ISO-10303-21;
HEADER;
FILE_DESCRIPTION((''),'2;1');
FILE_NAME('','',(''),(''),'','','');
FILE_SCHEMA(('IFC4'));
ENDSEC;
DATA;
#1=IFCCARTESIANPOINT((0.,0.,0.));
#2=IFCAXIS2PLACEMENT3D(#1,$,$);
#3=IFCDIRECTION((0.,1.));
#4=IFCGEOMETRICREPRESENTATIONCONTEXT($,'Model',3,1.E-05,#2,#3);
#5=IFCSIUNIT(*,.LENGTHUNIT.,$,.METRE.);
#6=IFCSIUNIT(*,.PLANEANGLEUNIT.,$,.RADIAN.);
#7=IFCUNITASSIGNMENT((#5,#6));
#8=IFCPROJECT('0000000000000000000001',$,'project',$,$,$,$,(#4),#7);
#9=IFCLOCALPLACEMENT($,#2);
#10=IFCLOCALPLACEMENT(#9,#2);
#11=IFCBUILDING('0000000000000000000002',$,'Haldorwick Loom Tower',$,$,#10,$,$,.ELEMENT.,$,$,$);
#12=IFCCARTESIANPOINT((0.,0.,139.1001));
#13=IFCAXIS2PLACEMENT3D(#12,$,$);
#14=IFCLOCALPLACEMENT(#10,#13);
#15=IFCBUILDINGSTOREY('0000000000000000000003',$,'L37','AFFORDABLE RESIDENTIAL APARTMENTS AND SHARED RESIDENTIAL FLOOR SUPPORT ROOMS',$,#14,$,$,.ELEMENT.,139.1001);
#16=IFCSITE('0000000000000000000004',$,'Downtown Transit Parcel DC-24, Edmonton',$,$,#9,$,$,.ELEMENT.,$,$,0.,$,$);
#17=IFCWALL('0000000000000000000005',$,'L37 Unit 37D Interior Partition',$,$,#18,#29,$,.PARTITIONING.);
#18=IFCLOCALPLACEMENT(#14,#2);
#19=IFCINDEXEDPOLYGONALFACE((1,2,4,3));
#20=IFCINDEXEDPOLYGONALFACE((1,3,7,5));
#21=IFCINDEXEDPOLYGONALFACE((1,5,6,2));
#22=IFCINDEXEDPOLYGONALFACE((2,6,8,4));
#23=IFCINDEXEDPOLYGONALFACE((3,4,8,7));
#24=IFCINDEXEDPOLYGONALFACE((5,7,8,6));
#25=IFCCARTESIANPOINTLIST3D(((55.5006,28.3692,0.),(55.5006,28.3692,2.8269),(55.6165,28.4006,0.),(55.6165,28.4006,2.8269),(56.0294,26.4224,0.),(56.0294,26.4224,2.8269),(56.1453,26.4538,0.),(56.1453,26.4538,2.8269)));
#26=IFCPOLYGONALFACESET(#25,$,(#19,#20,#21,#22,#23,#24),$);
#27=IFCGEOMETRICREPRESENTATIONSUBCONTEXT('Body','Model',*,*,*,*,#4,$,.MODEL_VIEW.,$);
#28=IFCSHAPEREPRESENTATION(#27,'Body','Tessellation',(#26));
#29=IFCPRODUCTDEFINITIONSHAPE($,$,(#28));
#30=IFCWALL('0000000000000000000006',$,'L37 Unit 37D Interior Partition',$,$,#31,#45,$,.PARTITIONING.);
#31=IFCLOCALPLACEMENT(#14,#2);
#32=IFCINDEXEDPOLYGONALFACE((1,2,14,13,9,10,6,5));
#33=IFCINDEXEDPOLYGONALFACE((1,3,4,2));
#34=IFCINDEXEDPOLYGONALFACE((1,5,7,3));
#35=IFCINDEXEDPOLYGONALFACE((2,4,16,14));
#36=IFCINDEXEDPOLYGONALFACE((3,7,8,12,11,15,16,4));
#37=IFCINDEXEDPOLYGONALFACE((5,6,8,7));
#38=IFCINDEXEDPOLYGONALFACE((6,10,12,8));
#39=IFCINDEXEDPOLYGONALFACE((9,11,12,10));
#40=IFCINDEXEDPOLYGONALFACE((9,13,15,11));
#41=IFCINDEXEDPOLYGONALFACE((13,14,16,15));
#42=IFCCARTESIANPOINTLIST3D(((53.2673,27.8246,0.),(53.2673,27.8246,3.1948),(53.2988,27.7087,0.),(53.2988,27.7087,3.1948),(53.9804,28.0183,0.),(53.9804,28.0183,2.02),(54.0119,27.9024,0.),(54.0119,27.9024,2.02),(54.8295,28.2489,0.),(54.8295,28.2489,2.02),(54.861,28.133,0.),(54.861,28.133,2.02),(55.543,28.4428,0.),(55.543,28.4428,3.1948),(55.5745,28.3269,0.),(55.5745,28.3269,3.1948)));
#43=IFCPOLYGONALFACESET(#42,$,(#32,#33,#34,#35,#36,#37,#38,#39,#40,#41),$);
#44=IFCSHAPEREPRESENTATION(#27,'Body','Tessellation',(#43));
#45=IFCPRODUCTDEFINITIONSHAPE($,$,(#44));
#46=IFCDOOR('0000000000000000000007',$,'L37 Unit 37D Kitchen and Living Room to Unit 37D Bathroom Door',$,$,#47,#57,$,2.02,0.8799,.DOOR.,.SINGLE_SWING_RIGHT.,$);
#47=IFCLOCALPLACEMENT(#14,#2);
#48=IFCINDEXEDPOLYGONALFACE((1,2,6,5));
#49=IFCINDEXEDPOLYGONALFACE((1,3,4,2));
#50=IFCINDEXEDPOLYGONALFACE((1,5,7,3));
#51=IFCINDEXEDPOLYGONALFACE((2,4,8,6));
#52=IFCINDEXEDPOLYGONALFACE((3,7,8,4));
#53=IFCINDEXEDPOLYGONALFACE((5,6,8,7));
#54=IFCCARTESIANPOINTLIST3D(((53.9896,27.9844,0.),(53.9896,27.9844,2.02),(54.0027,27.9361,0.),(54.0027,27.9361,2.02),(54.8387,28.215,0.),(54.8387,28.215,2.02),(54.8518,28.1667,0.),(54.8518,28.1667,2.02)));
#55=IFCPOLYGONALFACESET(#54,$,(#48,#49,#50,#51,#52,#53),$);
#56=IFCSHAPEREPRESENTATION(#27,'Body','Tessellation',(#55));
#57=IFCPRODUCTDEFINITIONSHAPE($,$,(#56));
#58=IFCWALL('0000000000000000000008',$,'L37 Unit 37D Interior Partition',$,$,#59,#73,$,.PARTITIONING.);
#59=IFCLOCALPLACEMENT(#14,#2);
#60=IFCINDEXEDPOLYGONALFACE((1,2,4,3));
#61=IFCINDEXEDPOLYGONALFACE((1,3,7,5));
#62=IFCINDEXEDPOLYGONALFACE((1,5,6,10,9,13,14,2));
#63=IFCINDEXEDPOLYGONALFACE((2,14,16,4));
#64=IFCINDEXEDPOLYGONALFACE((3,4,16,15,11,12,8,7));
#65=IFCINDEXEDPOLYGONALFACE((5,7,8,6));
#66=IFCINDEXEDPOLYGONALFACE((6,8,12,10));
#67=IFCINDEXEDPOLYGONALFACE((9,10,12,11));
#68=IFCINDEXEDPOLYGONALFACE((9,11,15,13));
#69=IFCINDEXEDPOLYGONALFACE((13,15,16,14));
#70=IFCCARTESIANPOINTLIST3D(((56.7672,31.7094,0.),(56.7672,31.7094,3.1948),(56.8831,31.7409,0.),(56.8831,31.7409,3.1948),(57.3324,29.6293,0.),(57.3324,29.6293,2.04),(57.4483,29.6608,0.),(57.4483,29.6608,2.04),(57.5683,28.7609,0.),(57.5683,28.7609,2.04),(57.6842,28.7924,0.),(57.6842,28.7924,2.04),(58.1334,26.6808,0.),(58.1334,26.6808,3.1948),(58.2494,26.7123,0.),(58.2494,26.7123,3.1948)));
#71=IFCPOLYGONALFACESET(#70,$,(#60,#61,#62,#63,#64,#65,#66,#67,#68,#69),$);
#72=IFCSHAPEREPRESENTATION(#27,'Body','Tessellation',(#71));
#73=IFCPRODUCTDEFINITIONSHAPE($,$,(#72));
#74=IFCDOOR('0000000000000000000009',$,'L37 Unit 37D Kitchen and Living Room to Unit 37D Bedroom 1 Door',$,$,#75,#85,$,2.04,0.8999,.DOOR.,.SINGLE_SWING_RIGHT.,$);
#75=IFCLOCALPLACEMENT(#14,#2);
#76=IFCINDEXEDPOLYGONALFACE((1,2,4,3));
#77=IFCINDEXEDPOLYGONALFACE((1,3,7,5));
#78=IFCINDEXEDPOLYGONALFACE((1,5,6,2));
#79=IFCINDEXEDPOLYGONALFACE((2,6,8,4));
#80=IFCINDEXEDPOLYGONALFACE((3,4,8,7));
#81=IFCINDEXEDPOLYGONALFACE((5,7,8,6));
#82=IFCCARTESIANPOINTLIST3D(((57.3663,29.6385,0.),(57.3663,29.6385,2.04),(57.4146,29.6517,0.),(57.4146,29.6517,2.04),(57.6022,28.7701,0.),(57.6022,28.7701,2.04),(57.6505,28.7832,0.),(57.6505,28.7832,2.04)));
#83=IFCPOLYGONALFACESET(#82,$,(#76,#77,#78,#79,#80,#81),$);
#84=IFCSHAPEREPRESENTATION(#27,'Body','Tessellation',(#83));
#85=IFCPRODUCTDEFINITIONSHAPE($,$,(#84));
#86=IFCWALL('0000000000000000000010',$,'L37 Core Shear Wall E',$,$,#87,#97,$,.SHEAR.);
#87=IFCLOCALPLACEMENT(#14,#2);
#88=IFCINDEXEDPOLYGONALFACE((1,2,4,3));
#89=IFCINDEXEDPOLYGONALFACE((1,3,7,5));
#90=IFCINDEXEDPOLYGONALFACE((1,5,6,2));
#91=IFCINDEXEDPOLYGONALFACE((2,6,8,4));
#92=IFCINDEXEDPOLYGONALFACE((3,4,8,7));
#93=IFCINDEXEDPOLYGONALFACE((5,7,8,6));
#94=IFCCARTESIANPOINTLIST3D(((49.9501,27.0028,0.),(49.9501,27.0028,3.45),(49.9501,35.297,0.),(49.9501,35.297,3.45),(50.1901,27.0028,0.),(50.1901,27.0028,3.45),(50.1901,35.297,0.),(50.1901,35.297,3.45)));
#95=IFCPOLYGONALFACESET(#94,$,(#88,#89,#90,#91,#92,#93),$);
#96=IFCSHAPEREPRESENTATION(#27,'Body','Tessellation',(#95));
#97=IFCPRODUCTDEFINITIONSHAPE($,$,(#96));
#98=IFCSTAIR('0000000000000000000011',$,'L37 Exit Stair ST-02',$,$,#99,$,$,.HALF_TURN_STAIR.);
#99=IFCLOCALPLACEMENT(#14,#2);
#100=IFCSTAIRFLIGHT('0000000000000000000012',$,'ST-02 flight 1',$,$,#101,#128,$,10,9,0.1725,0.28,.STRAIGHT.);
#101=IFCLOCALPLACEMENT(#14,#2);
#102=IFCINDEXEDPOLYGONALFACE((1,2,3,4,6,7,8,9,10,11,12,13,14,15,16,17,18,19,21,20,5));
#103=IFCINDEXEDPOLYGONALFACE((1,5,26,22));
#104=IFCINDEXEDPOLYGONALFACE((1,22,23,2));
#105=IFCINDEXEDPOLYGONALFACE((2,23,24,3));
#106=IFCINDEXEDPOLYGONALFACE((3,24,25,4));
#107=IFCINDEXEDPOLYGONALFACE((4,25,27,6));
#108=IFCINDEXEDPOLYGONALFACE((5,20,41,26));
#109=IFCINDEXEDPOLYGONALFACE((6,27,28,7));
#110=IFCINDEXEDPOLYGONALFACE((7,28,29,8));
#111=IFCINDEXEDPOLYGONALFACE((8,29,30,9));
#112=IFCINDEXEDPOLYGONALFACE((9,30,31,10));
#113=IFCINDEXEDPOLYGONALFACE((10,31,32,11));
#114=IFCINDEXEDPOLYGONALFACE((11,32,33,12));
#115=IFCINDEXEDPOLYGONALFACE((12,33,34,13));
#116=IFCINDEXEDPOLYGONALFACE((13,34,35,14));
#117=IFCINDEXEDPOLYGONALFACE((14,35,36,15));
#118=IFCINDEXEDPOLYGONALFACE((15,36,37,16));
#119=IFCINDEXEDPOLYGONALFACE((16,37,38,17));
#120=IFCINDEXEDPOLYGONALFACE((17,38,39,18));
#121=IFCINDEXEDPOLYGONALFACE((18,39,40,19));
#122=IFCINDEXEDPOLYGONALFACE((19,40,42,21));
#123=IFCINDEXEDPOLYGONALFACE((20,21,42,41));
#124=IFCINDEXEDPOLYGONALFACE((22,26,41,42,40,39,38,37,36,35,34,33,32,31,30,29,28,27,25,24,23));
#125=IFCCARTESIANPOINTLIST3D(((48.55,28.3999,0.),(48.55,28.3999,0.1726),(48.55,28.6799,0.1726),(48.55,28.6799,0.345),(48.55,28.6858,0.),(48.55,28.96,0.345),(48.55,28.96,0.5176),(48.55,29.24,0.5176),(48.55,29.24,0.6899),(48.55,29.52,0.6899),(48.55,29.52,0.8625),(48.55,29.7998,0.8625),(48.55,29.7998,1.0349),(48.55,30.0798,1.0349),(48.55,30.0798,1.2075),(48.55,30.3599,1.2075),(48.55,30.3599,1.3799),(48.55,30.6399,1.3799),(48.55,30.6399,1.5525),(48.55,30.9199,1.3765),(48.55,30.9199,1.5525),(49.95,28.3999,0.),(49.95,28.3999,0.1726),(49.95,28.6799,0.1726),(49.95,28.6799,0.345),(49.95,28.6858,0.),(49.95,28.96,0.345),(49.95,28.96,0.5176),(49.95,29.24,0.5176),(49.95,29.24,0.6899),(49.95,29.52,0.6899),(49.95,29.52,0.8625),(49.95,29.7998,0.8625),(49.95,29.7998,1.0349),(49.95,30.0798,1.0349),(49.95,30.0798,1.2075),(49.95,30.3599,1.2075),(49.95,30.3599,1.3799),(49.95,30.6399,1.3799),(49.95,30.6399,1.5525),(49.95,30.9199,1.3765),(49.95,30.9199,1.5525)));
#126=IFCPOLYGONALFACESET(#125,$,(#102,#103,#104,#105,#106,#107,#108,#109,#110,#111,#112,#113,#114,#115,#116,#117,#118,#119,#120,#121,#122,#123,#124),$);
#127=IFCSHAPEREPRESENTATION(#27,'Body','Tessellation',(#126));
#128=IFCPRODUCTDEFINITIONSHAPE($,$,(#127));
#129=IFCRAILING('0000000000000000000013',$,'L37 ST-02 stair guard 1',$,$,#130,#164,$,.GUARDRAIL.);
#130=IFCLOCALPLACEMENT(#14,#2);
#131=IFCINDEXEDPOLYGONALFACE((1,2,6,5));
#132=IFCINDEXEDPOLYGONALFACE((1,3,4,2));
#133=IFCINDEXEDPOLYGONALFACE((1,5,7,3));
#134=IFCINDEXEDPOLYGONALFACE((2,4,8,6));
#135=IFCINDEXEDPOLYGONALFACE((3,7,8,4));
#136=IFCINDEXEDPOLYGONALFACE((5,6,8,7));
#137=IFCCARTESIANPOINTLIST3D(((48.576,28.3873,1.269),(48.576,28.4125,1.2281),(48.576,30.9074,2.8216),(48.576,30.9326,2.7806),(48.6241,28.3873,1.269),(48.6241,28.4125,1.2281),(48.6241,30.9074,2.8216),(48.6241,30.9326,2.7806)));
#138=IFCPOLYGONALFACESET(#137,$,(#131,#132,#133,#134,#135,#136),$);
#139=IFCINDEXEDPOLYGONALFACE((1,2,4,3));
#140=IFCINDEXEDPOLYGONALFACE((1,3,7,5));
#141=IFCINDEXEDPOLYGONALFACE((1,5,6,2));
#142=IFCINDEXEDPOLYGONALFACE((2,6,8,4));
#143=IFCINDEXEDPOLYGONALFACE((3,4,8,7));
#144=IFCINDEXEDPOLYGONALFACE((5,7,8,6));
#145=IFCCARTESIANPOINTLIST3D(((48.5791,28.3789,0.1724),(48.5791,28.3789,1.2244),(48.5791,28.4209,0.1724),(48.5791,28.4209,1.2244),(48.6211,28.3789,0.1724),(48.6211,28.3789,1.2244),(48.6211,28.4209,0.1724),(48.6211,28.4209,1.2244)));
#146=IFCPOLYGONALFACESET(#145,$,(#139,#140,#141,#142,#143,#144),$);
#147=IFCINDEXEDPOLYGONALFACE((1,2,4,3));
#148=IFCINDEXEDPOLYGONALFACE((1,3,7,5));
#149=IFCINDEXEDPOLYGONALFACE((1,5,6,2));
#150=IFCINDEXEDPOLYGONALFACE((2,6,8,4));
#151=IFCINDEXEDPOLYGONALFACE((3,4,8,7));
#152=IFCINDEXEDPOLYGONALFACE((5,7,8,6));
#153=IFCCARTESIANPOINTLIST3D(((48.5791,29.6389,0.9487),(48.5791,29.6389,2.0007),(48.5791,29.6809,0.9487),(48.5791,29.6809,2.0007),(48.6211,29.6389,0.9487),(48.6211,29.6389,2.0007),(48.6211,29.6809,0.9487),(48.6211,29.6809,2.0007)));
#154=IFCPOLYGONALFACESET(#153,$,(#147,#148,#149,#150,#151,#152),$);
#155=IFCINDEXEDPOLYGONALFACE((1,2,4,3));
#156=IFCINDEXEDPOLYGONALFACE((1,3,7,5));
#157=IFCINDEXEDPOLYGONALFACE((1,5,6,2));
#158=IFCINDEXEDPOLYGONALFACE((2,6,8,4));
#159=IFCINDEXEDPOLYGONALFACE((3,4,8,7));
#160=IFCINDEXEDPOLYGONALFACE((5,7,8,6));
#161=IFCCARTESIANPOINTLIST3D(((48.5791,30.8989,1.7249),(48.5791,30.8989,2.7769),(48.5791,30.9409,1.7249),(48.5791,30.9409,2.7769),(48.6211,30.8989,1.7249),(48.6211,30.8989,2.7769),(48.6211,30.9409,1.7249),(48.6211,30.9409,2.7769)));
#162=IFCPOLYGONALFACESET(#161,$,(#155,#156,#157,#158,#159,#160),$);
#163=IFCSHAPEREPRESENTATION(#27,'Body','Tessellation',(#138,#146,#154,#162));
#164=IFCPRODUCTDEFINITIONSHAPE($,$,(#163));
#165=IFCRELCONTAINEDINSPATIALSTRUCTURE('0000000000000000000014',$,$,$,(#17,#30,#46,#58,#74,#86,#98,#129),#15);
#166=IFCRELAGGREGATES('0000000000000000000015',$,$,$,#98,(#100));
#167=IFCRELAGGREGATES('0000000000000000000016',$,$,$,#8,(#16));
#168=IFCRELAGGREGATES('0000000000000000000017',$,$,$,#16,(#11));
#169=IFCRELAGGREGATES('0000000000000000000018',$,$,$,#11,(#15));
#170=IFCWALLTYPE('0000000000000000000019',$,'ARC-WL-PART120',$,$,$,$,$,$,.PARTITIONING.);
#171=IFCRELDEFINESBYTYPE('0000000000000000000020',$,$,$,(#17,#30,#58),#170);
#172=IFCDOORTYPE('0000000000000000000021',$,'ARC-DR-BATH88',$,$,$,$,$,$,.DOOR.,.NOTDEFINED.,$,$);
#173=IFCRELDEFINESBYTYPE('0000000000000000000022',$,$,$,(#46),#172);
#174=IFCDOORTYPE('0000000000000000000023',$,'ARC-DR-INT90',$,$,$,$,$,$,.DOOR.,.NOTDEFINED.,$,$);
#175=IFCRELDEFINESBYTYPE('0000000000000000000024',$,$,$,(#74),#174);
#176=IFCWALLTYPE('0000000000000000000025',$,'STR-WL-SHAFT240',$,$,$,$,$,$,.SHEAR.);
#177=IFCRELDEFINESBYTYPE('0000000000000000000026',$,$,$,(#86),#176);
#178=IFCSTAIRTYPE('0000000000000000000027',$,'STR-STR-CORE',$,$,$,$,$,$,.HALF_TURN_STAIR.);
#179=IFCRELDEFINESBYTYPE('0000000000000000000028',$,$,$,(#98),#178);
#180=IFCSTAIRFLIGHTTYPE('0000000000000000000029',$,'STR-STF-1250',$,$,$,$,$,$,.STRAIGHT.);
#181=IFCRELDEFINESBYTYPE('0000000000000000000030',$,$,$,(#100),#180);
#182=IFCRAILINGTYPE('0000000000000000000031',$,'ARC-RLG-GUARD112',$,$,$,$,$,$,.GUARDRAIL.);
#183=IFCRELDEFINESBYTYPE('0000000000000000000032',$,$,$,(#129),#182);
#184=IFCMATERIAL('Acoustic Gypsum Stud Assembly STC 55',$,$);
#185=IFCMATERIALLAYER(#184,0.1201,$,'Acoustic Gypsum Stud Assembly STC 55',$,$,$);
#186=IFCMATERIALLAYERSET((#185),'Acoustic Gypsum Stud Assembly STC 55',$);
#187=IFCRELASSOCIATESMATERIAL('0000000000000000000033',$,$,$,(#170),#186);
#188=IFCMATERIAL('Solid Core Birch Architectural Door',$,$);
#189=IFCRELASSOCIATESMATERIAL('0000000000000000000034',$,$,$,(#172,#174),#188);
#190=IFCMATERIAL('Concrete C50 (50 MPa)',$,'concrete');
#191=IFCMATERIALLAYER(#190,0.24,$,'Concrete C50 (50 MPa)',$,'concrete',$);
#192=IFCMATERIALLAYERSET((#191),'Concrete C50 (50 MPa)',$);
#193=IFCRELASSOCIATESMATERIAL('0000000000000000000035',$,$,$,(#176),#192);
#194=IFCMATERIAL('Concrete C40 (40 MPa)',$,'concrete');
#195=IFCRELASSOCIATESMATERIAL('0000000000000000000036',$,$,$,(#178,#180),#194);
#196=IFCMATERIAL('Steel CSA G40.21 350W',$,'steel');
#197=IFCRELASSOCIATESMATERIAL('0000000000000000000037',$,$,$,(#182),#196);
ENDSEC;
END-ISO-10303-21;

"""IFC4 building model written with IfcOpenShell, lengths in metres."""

from ifc_helpers import new_model, si_unit, direction, frame, frame_2d, origin, origin_2d, place, context, subcontext, project, spatial, polyline, rectangle, outline, extrude, material, layer, layer_set, type_object, element, fill, aggregate, save


model = new_model("IFC4")

# Units and contexts
model_context = context("Model", 3, precision=1e-05, world=origin(), true_north=direction((0.0, 1.0)))
body_context = subcontext(model_context, "Body", "Model", "MODEL_VIEW")
ifc_project = project(units=[si_unit("LENGTHUNIT", "METRE"), si_unit("PLANEANGLEUNIT", "RADIAN")], contexts=[model_context])

# Site, building, storey
site_placement = place(None, origin())
site = spatial("IfcSite", under=ifc_project, at=site_placement, Name="Downtown Transit Parcel DC-24, Edmonton", CompositionType="ELEMENT", RefElevation=0.0)
building_placement = place(site_placement, origin())
building = spatial("IfcBuilding", under=site, at=building_placement, Name="Haldorwick Loom Tower", CompositionType="ELEMENT")
storey_placement = place(building_placement, frame((0.0, 0.0, 139.1001)))
storey = spatial("IfcBuildingStorey", under=building, at=storey_placement, Name="L37", Description="AFFORDABLE RESIDENTIAL APARTMENTS AND SHARED RESIDENTIAL FLOOR SUPPORT ROOMS", CompositionType="ELEMENT", Elevation=139.1001)

# Shared definitions
ifc_material_1 = material(Name="Steel CSA G40.21 350W", Category="steel")

# Wall
ifc_material_2 = material(Name="Acoustic Gypsum Stud Assembly STC 55")
ifc_layer_1 = layer(ifc_material_2, 0.1201, Name="Acoustic Gypsum Stud Assembly STC 55")
ifc_layer_set_1 = layer_set([ifc_layer_1], Name="Acoustic Gypsum Stud Assembly STC 55")
wall_type_1 = type_object("IfcWallType", Name="ARC-WL-PART120", PredefinedType="PARTITIONING", material=ifc_layer_set_1)
wall_1_placement = place(storey_placement, frame((56.0874, 26.438, 0.0), z_axis=(0.0, 0.0, 1.0), x_axis=(-0.262134, 0.965031, 0.0)))
element("IfcWall", 1, at=wall_1_placement, inside=storey, type_object=wall_type_1, Name="L37 Unit 37D Interior Partition", PredefinedType="PARTITIONING", context=body_context, shape_type="SweptSolid", body=[
    extrude(rectangle(XDim=2.0173, YDim=0.1201, at=frame_2d((1.0088, 0.0))), origin(), (0.0, 0.0, 1.0), 2.8269),
])

# Walls, openings, doors
wall_2_placement = place(storey_placement, frame((53.283, 27.7666, 0.0), z_axis=(0.0, 0.0, 1.0), x_axis=(0.965029, 0.262145, 0.0)))
wall_2 = element("IfcWall", 2, at=wall_2_placement, inside=storey, type_object=wall_type_1, Name="L37 Unit 37D Interior Partition", PredefinedType="PARTITIONING", context=body_context, shape_type="SweptSolid", body=[
    extrude(rectangle(XDim=2.3582, YDim=0.1201, at=frame_2d((1.1792, 0.0))), origin(), (0.0, 0.0, 1.0), 3.1948),
])
opening_1_placement = place(wall_2_placement, frame((0.739, 0.0, 0.0)))
opening_1 = element("IfcOpeningElement", 3, at=opening_1_placement, cuts=wall_2, PredefinedType="OPENING", context=body_context, shape_type="SweptSolid", body=[
    extrude(rectangle(XDim=0.8799, YDim=2.02, at=frame_2d((0.4399, 1.01))), frame((0.0, 0.0701, 0.0), z_axis=(0.0, -1.0, 0.0), x_axis=(1.0, 0.0, 0.0)), (0.0, 0.0, 1.0), 0.1401),
])
ifc_material_3 = material(Name="Solid Core Birch Architectural Door")
door_type_1 = type_object("IfcDoorType", Name="ARC-DR-BATH88", OperationType="NOTDEFINED", PredefinedType="DOOR", material=ifc_material_3)
door_1_placement = place(opening_1_placement, origin())
door_1 = element("IfcDoor", 4, at=door_1_placement, inside=storey, type_object=door_type_1, Name="L37 Unit 37D Kitchen and Living Room to Unit 37D Bathroom Door", OperationType="SINGLE_SWING_RIGHT", OverallHeight=2.02, OverallWidth=0.8799, PredefinedType="DOOR", context=body_context, shape_type="SweptSolid", body=[
    extrude(rectangle(XDim=0.8799, YDim=2.02, at=frame_2d((0.4399, 1.01))), frame((0.0, 0.0249, 0.0), z_axis=(0.0, -1.0, 0.0), x_axis=(1.0, 0.0, 0.0)), (0.0, 0.0, 1.0), 0.05),
])
fill(opening_1, door_1)
wall_3_placement = place(storey_placement, frame((58.1914, 26.6965, 0.0), z_axis=(0.0, 0.0, 1.0), x_axis=(-0.262186, 0.965017, 0.0)))
wall_3 = element("IfcWall", 5, at=wall_3_placement, inside=storey, type_object=wall_type_1, Name="L37 Unit 37D Interior Partition", PredefinedType="PARTITIONING", context=body_context, shape_type="SweptSolid", body=[
    extrude(rectangle(XDim=5.2109, YDim=0.1201, at=frame_2d((2.6055, 0.0))), origin(), (0.0, 0.0, 1.0), 3.1948),
])
opening_2_placement = place(wall_3_placement, frame((2.1555, 0.0, 0.0)))
opening_2 = element("IfcOpeningElement", 6, at=opening_2_placement, cuts=wall_3, PredefinedType="OPENING", context=body_context, shape_type="SweptSolid", body=[
    extrude(rectangle(XDim=0.8999, YDim=2.04, at=frame_2d((0.45, 1.02))), frame((0.0, 0.0701, 0.0), z_axis=(0.0, -1.0, 0.0), x_axis=(1.0, 0.0, 0.0)), (0.0, 0.0, 1.0), 0.1401),
])
door_type_2 = type_object("IfcDoorType", Name="ARC-DR-INT90", OperationType="NOTDEFINED", PredefinedType="DOOR", material=ifc_material_3)
door_2_placement = place(opening_2_placement, origin())
door_2 = element("IfcDoor", 7, at=door_2_placement, inside=storey, type_object=door_type_2, Name="L37 Unit 37D Kitchen and Living Room to Unit 37D Bedroom 1 Door", OperationType="SINGLE_SWING_RIGHT", OverallHeight=2.04, OverallWidth=0.8999, PredefinedType="DOOR", context=body_context, shape_type="SweptSolid", body=[
    extrude(rectangle(XDim=0.8999, YDim=2.04, at=frame_2d((0.45, 1.02))), frame((0.0, 0.0249, 0.0), z_axis=(0.0, -1.0, 0.0), x_axis=(1.0, 0.0, 0.0)), (0.0, 0.0, 1.0), 0.05),
])
fill(opening_2, door_2)

# Wall
ifc_material_4 = material(Name="Concrete C50 (50 MPa)", Category="concrete")
ifc_layer_2 = layer(ifc_material_4, 0.24, Name="Concrete C50 (50 MPa)", Category="concrete")
ifc_layer_set_2 = layer_set([ifc_layer_2], Name="Concrete C50 (50 MPa)")
wall_type_2 = type_object("IfcWallType", Name="STR-WL-SHAFT240", PredefinedType="SHEAR", material=ifc_layer_set_2)
wall_4_placement = place(storey_placement, frame((50.0701, 27.0029, 0.0), z_axis=(0.0, 0.0, 1.0), x_axis=(0.0, 1.0, 0.0)))
element("IfcWall", 8, at=wall_4_placement, inside=storey, type_object=wall_type_2, Name="L37 Core Shear Wall E", PredefinedType="SHEAR", context=body_context, shape_type="SweptSolid", body=[
    extrude(rectangle(XDim=8.2942, YDim=0.24, at=frame_2d((4.147, 0.0))), origin(), (0.0, 0.0, 1.0), 3.45),
])

# Stair, stair flight
ifc_material_5 = material(Name="Concrete C40 (40 MPa)", Category="concrete")
stair_type = type_object("IfcStairType", Name="STR-STR-CORE", PredefinedType="HALF_TURN_STAIR", material=ifc_material_5)
stair_placement = place(storey_placement, origin())
stair = element("IfcStair", 9, at=stair_placement, inside=storey, type_object=stair_type, Name="L37 Exit Stair ST-02", PredefinedType="HALF_TURN_STAIR")
stair_flight_type = type_object("IfcStairFlightType", Name="STR-STF-1250", PredefinedType="STRAIGHT", material=ifc_material_5)
stair_flight_placement = place(storey_placement, frame((49.25, 28.3999, 0.0), z_axis=(0.0, 0.0, 1.0), x_axis=(0.0, 1.0, 0.0)))
stair_flight = element("IfcStairFlight", 10, at=stair_flight_placement, type_object=stair_flight_type, Name="ST-02 flight 1", NumberOfRisers=10, NumberOfTreads=9, PredefinedType="STRAIGHT", RiserHeight=0.1725, TreadLength=0.28, context=body_context, shape_type="SweptSolid", body=[
    extrude(outline(polyline([(0.0, 0.0), (0.0, 0.1726), (0.28, 0.1726), (0.28, 0.345), (0.5601, 0.345), (0.5601, 0.5176), (0.8401, 0.5176), (0.8401, 0.6899), (1.1201, 0.6899), (1.1201, 0.8625), (1.3999, 0.8625), (1.3999, 1.0349), (1.6799, 1.0349), (1.6799, 1.2075), (1.96, 1.2075), (1.96, 1.3799), (2.24, 1.3799), (2.24, 1.5525), (2.52, 1.5525), (2.52, 1.7251), (2.52, 1.3765), (0.2859, 0.0), (0.0, 0.0)])), frame((0.0, 0.7, 0.0), z_axis=(0.0, -1.0, 0.0), x_axis=(1.0, 0.0, 0.0)), (0.0, 0.0, 1.0), 1.3999),
])
aggregate(stair, [stair_flight])

# Railing
railing_type_1 = type_object("IfcRailingType", Name="ARC-RLG-GUARD112", PredefinedType="GUARDRAIL", material=ifc_material_1)
railing_1_placement = place(storey_placement, frame((48.6001, 28.3999, 0.1724)))
element("IfcRailing", 11, at=railing_1_placement, inside=storey, type_object=railing_type_1, Name="L37 ST-02 stair guard 1", PredefinedType="GUARDRAIL", context=body_context, shape_type="SweptSolid", body=[
    extrude(rectangle(XDim=0.0481, YDim=0.0481, at=origin_2d()), frame((0.0, 0.0, 1.0762), z_axis=(0.0, 0.8514, 0.524516), x_axis=(-1.0, 0.0, 0.0)), (0.0, 0.0, 1.0), 2.96),
    extrude(rectangle(XDim=0.042, YDim=0.042, at=origin_2d()), origin(), (0.0, 0.0, 1.0), 1.052),
    extrude(rectangle(XDim=0.042, YDim=0.042, at=origin_2d()), frame((0.0, 1.26, 0.7764)), (0.0, 0.0, 1.0), 1.052),
    extrude(rectangle(XDim=0.042, YDim=0.042, at=origin_2d()), frame((0.0, 2.52, 1.5525)), (0.0, 0.0, 1.0), 1.052),
])

save(model, "model.ifc")
